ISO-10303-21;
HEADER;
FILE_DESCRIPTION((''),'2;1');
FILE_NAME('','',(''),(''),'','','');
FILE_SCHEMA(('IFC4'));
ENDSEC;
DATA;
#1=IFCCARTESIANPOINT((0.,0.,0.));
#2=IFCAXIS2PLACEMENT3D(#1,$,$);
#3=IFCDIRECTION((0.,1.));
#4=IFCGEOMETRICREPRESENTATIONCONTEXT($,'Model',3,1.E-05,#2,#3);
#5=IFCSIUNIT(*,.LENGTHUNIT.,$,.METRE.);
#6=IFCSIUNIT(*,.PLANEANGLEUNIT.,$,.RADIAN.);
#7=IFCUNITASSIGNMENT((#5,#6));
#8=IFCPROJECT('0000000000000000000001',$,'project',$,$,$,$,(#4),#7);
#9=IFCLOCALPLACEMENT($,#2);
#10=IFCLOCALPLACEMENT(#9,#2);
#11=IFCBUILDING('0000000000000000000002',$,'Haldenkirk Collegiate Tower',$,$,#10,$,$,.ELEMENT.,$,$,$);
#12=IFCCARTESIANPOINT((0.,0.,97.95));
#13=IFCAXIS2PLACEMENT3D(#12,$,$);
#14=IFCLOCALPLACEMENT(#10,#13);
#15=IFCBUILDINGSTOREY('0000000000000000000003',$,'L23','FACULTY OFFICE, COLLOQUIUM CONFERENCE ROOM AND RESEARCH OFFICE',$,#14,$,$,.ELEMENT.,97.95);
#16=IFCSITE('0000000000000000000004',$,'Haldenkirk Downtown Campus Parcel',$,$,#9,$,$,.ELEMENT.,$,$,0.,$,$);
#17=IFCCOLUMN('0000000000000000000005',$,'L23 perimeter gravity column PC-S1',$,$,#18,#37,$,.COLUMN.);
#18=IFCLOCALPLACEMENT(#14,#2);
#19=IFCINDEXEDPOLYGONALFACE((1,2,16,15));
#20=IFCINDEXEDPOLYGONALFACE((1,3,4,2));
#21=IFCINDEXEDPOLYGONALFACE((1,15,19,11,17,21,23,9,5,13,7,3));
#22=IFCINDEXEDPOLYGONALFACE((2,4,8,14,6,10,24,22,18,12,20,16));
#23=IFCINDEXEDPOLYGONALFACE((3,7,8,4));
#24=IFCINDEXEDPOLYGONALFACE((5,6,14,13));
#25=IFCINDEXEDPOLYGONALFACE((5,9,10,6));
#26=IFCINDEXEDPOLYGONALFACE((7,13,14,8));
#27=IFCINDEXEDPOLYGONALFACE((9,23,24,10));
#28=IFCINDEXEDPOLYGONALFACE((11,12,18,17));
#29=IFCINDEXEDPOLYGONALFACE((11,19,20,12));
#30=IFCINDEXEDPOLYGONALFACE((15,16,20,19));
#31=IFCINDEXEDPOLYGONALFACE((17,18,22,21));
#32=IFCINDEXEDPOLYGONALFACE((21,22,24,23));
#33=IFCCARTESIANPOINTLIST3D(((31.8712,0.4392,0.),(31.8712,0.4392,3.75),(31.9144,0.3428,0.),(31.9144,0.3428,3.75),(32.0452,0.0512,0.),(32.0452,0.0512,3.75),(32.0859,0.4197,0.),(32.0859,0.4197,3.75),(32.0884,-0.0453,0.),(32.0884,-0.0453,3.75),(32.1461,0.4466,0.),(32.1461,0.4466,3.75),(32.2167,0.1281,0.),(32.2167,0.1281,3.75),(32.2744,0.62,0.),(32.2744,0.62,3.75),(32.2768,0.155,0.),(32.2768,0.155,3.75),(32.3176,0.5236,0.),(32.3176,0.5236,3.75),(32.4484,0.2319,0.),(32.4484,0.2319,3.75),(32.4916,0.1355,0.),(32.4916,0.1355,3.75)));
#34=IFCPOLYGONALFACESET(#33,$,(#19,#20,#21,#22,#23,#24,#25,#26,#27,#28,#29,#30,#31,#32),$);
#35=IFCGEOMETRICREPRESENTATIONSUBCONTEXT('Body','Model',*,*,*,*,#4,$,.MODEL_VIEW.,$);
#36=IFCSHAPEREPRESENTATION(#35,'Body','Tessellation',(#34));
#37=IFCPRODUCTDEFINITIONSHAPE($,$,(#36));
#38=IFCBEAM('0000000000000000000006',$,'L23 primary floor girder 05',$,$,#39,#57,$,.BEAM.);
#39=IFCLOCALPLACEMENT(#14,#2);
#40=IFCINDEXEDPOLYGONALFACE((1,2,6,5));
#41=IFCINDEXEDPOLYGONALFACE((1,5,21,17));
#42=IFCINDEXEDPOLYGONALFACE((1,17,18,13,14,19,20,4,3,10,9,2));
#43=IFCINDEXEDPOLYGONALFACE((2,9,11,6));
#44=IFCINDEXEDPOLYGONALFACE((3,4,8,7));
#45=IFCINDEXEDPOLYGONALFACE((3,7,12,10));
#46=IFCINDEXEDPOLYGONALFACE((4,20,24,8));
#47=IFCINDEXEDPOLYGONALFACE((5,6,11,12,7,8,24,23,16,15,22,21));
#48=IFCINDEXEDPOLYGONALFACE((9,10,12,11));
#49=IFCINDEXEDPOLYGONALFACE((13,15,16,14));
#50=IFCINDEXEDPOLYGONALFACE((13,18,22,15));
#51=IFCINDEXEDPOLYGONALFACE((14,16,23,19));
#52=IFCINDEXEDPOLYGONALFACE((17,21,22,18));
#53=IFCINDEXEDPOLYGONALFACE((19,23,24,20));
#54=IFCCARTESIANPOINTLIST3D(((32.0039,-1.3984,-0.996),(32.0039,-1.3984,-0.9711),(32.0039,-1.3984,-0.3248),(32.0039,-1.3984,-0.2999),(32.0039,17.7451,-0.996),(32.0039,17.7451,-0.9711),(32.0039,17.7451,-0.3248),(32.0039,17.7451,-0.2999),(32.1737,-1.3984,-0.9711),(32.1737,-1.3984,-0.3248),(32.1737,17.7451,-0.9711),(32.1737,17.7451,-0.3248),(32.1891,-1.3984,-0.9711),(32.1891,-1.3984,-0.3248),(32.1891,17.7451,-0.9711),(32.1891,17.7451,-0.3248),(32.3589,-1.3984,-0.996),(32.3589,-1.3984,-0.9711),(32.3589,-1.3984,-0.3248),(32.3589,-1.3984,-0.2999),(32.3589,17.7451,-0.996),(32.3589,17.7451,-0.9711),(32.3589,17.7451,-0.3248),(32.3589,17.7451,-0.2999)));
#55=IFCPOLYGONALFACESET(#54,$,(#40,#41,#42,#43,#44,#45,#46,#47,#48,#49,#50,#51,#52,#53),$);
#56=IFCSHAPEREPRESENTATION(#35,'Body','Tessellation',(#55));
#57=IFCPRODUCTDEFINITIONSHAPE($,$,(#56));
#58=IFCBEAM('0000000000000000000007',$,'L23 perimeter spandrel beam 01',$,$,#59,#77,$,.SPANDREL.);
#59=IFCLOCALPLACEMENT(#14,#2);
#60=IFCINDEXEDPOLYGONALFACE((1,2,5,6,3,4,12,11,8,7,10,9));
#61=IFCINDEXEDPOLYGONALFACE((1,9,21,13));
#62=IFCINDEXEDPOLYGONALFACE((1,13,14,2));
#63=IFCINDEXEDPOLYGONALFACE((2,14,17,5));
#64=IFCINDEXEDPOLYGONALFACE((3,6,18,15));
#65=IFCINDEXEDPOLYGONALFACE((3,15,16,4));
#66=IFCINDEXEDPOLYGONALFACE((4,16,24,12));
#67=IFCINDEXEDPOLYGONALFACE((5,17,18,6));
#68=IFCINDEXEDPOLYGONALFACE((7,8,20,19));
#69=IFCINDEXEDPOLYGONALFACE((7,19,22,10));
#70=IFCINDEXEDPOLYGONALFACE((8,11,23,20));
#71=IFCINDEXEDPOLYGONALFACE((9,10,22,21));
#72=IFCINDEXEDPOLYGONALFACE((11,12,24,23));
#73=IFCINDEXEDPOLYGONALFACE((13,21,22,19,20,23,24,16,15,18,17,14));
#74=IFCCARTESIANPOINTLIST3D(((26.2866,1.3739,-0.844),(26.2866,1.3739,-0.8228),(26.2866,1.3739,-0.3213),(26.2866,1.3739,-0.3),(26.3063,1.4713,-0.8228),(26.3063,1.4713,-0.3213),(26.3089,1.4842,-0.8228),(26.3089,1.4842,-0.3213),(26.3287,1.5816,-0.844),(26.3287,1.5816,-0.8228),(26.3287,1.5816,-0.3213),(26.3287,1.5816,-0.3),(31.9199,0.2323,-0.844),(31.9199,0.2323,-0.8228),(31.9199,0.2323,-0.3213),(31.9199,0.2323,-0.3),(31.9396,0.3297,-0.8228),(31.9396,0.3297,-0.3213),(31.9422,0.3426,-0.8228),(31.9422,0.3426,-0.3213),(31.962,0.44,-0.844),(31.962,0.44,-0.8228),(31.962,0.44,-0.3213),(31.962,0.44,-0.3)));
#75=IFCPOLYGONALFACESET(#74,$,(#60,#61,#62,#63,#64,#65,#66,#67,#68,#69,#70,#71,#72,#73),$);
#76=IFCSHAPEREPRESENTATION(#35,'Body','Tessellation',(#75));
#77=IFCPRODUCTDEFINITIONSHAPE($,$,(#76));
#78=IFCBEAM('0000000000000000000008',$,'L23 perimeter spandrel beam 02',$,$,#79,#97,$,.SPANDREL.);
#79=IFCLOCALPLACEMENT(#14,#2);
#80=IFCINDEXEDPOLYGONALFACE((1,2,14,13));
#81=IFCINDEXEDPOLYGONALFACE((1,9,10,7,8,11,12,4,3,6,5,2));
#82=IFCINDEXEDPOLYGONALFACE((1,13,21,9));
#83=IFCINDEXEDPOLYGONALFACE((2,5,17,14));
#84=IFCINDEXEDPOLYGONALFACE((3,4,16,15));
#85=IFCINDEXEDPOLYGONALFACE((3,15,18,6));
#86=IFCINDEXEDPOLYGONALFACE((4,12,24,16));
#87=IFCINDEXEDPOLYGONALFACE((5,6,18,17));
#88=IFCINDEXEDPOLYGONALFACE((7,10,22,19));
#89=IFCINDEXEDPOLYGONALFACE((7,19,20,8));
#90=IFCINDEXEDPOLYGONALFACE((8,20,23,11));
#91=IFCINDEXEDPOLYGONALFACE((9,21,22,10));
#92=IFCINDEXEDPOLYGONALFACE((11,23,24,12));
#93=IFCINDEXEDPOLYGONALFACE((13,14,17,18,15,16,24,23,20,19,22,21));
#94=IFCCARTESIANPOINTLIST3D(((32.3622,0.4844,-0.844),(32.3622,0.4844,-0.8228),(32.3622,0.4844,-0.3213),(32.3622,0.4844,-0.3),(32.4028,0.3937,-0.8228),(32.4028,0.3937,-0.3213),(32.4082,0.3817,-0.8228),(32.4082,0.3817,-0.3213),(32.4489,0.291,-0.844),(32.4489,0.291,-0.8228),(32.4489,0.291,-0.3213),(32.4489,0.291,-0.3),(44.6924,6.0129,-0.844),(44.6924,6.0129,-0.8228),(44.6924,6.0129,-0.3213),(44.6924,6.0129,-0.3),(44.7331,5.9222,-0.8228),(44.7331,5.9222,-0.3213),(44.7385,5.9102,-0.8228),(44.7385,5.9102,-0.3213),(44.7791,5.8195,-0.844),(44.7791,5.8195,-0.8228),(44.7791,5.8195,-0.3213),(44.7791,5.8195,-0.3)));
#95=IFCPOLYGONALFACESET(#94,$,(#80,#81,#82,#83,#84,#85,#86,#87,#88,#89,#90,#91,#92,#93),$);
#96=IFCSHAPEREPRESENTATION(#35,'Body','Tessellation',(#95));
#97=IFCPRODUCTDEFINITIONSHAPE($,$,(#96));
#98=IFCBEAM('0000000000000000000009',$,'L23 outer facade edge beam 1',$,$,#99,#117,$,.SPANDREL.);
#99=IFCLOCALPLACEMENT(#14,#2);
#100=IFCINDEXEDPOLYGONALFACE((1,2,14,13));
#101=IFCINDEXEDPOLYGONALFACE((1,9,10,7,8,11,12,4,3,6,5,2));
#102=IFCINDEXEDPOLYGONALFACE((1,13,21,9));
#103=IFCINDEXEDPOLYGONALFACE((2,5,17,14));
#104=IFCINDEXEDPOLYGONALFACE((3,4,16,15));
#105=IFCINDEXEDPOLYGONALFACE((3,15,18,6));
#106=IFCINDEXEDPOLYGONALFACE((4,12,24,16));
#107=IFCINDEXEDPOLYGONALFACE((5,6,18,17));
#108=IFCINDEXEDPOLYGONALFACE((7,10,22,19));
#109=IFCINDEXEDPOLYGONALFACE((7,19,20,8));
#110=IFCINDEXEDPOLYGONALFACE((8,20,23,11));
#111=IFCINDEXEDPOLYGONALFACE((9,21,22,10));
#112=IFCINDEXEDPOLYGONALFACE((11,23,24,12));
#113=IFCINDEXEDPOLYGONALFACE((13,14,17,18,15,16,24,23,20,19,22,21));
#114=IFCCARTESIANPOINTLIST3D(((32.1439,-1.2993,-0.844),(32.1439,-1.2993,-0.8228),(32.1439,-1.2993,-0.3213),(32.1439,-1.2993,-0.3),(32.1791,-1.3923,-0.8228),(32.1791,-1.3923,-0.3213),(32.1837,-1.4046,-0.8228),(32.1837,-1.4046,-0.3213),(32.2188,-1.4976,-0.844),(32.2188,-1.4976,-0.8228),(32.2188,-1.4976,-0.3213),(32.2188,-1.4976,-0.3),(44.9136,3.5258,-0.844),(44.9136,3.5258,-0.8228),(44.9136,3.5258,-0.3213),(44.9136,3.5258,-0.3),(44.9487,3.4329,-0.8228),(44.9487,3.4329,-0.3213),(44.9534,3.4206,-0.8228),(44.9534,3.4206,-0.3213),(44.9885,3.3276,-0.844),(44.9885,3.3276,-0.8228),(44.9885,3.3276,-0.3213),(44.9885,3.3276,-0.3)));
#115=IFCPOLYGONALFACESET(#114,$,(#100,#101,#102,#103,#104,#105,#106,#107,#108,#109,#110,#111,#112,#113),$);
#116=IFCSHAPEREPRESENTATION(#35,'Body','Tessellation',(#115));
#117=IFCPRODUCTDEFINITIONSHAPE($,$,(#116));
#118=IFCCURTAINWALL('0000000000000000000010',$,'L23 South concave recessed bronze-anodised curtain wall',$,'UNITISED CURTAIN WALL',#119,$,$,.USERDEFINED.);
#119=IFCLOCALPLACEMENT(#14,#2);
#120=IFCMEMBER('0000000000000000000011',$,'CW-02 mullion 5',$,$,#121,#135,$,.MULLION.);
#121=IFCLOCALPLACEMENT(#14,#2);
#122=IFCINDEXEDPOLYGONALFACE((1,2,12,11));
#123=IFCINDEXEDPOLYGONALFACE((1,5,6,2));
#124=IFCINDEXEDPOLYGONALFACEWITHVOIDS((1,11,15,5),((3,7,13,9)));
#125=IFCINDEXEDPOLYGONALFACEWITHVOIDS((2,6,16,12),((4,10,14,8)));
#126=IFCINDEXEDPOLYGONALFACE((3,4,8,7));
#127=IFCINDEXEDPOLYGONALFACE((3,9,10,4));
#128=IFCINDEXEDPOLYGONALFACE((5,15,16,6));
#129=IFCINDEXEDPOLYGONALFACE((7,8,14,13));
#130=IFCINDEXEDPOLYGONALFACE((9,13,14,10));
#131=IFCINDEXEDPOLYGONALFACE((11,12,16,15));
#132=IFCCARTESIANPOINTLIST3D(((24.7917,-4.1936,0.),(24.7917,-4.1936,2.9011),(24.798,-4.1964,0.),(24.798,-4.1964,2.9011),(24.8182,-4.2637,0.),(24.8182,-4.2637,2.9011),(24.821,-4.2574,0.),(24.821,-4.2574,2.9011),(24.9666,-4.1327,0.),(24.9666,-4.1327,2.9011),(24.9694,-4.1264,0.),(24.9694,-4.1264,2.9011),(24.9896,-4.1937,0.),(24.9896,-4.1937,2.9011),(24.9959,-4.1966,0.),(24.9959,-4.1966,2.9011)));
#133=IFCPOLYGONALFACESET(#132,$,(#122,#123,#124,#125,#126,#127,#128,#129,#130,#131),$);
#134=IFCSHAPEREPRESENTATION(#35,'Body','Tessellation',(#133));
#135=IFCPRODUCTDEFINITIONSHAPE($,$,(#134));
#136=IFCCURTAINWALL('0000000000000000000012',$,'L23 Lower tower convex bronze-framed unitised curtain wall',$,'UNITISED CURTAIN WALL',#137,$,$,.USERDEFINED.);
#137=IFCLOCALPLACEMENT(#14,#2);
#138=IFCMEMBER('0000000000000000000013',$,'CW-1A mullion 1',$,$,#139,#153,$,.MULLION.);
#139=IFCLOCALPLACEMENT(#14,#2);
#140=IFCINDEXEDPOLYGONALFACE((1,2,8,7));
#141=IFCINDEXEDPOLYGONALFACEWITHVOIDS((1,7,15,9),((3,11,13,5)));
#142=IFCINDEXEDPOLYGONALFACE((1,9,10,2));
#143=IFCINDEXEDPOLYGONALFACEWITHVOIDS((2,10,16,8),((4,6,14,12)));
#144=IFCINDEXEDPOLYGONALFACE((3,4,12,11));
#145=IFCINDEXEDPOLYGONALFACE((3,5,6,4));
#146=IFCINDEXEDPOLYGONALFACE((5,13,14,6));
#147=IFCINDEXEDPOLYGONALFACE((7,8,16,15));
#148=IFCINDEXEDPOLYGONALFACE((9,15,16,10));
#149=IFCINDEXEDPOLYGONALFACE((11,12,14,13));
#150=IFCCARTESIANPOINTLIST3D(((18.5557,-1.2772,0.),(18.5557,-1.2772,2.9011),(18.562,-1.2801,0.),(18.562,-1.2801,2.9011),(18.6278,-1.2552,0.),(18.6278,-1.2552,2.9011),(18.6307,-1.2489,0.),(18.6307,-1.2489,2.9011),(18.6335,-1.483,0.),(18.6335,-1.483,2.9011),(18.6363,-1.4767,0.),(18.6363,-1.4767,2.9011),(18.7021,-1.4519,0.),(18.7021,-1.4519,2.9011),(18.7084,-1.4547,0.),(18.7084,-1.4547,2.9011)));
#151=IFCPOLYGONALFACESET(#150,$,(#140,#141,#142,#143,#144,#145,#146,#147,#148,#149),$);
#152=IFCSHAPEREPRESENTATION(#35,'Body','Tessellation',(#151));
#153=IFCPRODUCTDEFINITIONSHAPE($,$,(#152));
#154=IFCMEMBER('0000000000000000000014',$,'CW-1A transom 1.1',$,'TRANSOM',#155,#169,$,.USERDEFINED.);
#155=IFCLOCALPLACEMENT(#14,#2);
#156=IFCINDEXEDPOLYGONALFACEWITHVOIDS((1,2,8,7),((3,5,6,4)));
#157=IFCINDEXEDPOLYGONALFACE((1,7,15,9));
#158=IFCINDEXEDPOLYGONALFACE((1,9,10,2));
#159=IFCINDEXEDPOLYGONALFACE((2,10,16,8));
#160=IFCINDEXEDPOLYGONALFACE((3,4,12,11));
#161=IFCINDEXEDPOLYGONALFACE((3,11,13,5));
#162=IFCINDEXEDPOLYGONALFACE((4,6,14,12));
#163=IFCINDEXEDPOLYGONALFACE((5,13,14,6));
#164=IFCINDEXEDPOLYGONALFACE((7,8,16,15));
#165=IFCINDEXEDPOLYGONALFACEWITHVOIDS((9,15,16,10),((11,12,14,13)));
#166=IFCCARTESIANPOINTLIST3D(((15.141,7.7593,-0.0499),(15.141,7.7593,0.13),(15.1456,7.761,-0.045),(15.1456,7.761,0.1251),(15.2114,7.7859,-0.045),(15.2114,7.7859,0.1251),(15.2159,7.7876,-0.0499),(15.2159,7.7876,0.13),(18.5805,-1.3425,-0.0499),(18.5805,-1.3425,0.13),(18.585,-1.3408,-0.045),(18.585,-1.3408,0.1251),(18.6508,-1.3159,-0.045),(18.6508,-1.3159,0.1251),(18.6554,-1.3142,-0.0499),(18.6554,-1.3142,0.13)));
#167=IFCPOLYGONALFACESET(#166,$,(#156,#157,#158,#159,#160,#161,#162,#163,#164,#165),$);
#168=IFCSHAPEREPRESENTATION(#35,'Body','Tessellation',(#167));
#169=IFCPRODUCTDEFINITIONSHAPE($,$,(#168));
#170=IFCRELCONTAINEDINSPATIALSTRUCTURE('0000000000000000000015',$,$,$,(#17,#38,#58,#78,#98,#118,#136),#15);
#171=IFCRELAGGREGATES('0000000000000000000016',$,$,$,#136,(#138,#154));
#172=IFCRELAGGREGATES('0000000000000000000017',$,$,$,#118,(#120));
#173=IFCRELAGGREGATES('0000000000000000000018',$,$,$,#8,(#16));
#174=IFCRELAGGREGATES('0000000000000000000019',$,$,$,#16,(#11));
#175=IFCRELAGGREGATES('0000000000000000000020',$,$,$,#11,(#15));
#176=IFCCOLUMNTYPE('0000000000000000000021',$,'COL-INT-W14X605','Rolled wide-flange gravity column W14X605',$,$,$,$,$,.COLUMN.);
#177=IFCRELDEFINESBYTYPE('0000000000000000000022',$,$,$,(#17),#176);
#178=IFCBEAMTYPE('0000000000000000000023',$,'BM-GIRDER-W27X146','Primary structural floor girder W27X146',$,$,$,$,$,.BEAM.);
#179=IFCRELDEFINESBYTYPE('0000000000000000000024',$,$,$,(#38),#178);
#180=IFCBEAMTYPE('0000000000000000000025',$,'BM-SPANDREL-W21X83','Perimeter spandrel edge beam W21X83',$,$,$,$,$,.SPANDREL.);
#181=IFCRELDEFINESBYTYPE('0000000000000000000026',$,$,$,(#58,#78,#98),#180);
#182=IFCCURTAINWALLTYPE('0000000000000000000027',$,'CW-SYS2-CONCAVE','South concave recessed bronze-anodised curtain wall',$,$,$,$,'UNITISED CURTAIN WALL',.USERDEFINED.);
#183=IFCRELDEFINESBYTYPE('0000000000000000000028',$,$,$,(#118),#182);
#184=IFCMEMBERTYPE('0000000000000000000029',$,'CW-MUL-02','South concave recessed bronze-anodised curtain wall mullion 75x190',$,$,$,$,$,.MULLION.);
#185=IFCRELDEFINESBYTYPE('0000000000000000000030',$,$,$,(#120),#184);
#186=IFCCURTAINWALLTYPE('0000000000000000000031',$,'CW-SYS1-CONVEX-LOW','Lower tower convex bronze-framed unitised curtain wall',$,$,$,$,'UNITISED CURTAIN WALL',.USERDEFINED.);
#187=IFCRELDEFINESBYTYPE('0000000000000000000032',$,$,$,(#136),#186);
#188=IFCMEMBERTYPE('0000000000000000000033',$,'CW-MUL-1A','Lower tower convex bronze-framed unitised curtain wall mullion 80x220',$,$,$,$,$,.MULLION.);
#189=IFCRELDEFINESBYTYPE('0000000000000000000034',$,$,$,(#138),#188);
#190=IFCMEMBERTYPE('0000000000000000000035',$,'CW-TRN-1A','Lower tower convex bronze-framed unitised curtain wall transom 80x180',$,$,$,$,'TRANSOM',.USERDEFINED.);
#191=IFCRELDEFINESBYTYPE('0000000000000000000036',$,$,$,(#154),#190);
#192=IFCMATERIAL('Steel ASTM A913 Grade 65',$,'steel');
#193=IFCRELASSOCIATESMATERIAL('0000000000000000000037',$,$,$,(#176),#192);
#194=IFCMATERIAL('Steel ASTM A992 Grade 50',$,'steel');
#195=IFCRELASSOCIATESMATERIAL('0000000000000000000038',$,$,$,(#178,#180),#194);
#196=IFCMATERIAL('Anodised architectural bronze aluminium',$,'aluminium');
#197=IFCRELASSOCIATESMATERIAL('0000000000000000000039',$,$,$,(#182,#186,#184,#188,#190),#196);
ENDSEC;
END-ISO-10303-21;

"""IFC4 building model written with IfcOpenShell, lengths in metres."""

from ifc_helpers import new_model, si_unit, direction, frame, origin, origin_2d, place, context, subcontext, project, spatial, hollow_rectangle, i_section, extrude, material, material_profile, profile_set, type_object, element, aggregate, save


model = new_model("IFC4")

# Units and contexts
model_context = context("Model", 3, precision=1e-05, world=origin(), true_north=direction((0.0, 1.0)))
body_context = subcontext(model_context, "Body", "Model", "MODEL_VIEW")
ifc_project = project(units=[si_unit("LENGTHUNIT", "METRE"), si_unit("PLANEANGLEUNIT", "RADIAN")], contexts=[model_context])

# Site, building, storey
site_placement = place(None, origin())
site = spatial("IfcSite", under=ifc_project, at=site_placement, Name="Haldenkirk Downtown Campus Parcel", CompositionType="ELEMENT", RefElevation=0.0)
building_placement = place(site_placement, origin())
building = spatial("IfcBuilding", under=site, at=building_placement, Name="Haldenkirk Collegiate Tower", CompositionType="ELEMENT")
storey_placement = place(building_placement, frame((0.0, 0.0, 97.95)))
storey = spatial("IfcBuildingStorey", under=building, at=storey_placement, Name="L23", Description="FACULTY OFFICE, COLLOQUIUM CONFERENCE ROOM AND RESEARCH OFFICE", CompositionType="ELEMENT", Elevation=97.95)

# Column
ifc_material_1 = material(Name="Steel ASTM A913 Grade 65", Category="steel")
ifc_material_profile_1 = material_profile(ifc_material_1, i_section(OverallWidth=0.4419, OverallDepth=0.531, WebThickness=0.0659, FlangeThickness=0.1057, at=origin_2d()), Name="W14X605")
ifc_profile_set_1 = profile_set([ifc_material_profile_1], Name="Steel ASTM A913 Grade 65")
column_type = type_object("IfcColumnType", Name="COL-INT-W14X605", Description="Rolled wide-flange gravity column W14X605", PredefinedType="COLUMN", material=ifc_profile_set_1)
column_placement = place(storey_placement, frame((32.1814, 0.2874, 0.0), z_axis=(0.0, 0.0, 1.0), x_axis=(0.912477, 0.409127, 0.0)))
element("IfcColumn", 1, at=column_placement, inside=storey, type_object=column_type, Name="L23 perimeter gravity column PC-S1", PredefinedType="COLUMN", context=body_context, shape_type="SweptSolid", body=[
    extrude(i_section(OverallWidth=0.4419, OverallDepth=0.531, WebThickness=0.0659, FlangeThickness=0.1057, at=origin_2d()), origin(), (0.0, 0.0, 1.0), 3.75),
])

# Beams
ifc_material_2 = material(Name="Steel ASTM A992 Grade 50", Category="steel")
ifc_material_profile_2 = material_profile(ifc_material_2, i_section(OverallWidth=0.355, OverallDepth=0.696, WebThickness=0.0154, FlangeThickness=0.0249, at=origin_2d()), Name="W27X146")
ifc_profile_set_2 = profile_set([ifc_material_profile_2], Name="Steel ASTM A992 Grade 50")
beam_type_1 = type_object("IfcBeamType", Name="BM-GIRDER-W27X146", Description="Primary structural floor girder W27X146", PredefinedType="BEAM", material=ifc_profile_set_2)
beam_1_placement = place(storey_placement, frame((32.1814, -1.3984, -0.6479), z_axis=(0.0, 1.0, 0.0), x_axis=(-1.0, 0.0, 0.0)))
element("IfcBeam", 2, at=beam_1_placement, inside=storey, type_object=beam_type_1, Name="L23 primary floor girder 05", PredefinedType="BEAM", context=body_context, shape_type="SweptSolid", body=[
    extrude(i_section(OverallWidth=0.355, OverallDepth=0.696, WebThickness=0.0154, FlangeThickness=0.0249, at=origin_2d()), origin(), (0.0, 0.0, 1.0), 19.1436),
])
ifc_material_profile_3 = material_profile(ifc_material_2, i_section(OverallWidth=0.2119, OverallDepth=0.5439, WebThickness=0.0132, FlangeThickness=0.0212, at=origin_2d()), Name="W21X83")
ifc_profile_set_3 = profile_set([ifc_material_profile_3], Name="Steel ASTM A992 Grade 50")
beam_type_2 = type_object("IfcBeamType", Name="BM-SPANDREL-W21X83", Description="Perimeter spandrel edge beam W21X83", PredefinedType="SPANDREL", material=ifc_profile_set_3)
beam_2_placement = place(storey_placement, frame((26.3076, 1.4778, -0.572), z_axis=(0.980078, -0.198615, 0.0), x_axis=(0.198615, 0.980078, 0.0)))
element("IfcBeam", 3, at=beam_2_placement, inside=storey, type_object=beam_type_2, Name="L23 perimeter spandrel beam 01", PredefinedType="SPANDREL", context=body_context, shape_type="SweptSolid", body=[
    extrude(i_section(OverallWidth=0.2119, OverallDepth=0.5439, WebThickness=0.0132, FlangeThickness=0.0212, at=origin_2d()), origin(), (0.0, 0.0, 1.0), 5.7478),
])
beam_3_placement = place(storey_placement, frame((32.4055, 0.3877, -0.572), z_axis=(0.912477, 0.409129, 0.0), x_axis=(-0.409129, 0.912477, 0.0)))
element("IfcBeam", 4, at=beam_3_placement, inside=storey, type_object=beam_type_2, Name="L23 perimeter spandrel beam 02", PredefinedType="SPANDREL", context=body_context, shape_type="SweptSolid", body=[
    extrude(i_section(OverallWidth=0.2119, OverallDepth=0.5439, WebThickness=0.0132, FlangeThickness=0.0212, at=origin_2d()), origin(), (0.0, 0.0, 1.0), 13.5129),
])
beam_4_placement = place(storey_placement, frame((32.1814, -1.3984, -0.572), z_axis=(0.935446, 0.353468, 0.0), x_axis=(-0.353468, 0.935446, 0.0)))
element("IfcBeam", 5, at=beam_4_placement, inside=storey, type_object=beam_type_2, Name="L23 outer facade edge beam 1", PredefinedType="SPANDREL", context=body_context, shape_type="SweptSolid", body=[
    extrude(i_section(OverallWidth=0.2119, OverallDepth=0.5439, WebThickness=0.0132, FlangeThickness=0.0212, at=origin_2d()), origin(), (0.0, 0.0, 1.0), 13.6509),
])

# Curtain wall, member
ifc_material_3 = material(Name="Anodised architectural bronze aluminium", Category="aluminium")
curtain_wall_type_1 = type_object("IfcCurtainWallType", Name="CW-SYS2-CONCAVE", Description="South concave recessed bronze-anodised curtain wall", ElementType="UNITISED CURTAIN WALL", PredefinedType="USERDEFINED", material=ifc_material_3)
curtain_wall_1_placement = place(storey_placement, origin())
curtain_wall_1 = element("IfcCurtainWall", 6, at=curtain_wall_1_placement, inside=storey, type_object=curtain_wall_type_1, Name="L23 South concave recessed bronze-anodised curtain wall", ObjectType="UNITISED CURTAIN WALL", PredefinedType="USERDEFINED")
ifc_material_profile_4 = material_profile(ifc_material_3, hollow_rectangle(XDim=0.075, YDim=0.1899, WallThickness=0.0049, at=origin_2d()), Name="CW-MUL-02")
ifc_profile_set_4 = profile_set([ifc_material_profile_4], Name="Anodised architectural bronze aluminium")
member_type_1 = type_object("IfcMemberType", Name="CW-MUL-02", Description="South concave recessed bronze-anodised curtain wall mullion 75x190", PredefinedType="MULLION", material=ifc_profile_set_4)
member_1_placement = place(storey_placement, frame((24.8938, -4.1951, 0.0), z_axis=(0.0, 0.0, 1.0), x_axis=(0.353476, -0.935443, 0.0)))
member_1 = element("IfcMember", 7, at=member_1_placement, type_object=member_type_1, Name="CW-02 mullion 5", PredefinedType="MULLION", context=body_context, shape_type="SweptSolid", body=[
    extrude(hollow_rectangle(XDim=0.075, YDim=0.1899, WallThickness=0.0049, at=origin_2d()), origin(), (0.0, 0.0, 1.0), 2.9011),
])

# Curtain wall, members
curtain_wall_type_2 = type_object("IfcCurtainWallType", Name="CW-SYS1-CONVEX-LOW", Description="Lower tower convex bronze-framed unitised curtain wall", ElementType="UNITISED CURTAIN WALL", PredefinedType="USERDEFINED", material=ifc_material_3)
curtain_wall_2_placement = place(storey_placement, origin())
curtain_wall_2 = element("IfcCurtainWall", 8, at=curtain_wall_2_placement, inside=storey, type_object=curtain_wall_type_2, Name="L23 Lower tower convex bronze-framed unitised curtain wall", ObjectType="UNITISED CURTAIN WALL", PredefinedType="USERDEFINED")
ifc_material_profile_5 = material_profile(ifc_material_3, hollow_rectangle(XDim=0.0801, YDim=0.22, WallThickness=0.0049, at=origin_2d()), Name="CW-MUL-1A")
ifc_profile_set_5 = profile_set([ifc_material_profile_5], Name="Anodised architectural bronze aluminium")
member_type_2 = type_object("IfcMemberType", Name="CW-MUL-1A", Description="Lower tower convex bronze-framed unitised curtain wall mullion 80x220", PredefinedType="MULLION", material=ifc_profile_set_5)
member_2_placement = place(storey_placement, frame((18.6321, -1.366, 0.0), z_axis=(0.0, 0.0, 1.0), x_axis=(-0.935443, -0.353477, 0.0)))
member_2 = element("IfcMember", 9, at=member_2_placement, type_object=member_type_2, Name="CW-1A mullion 1", PredefinedType="MULLION", context=body_context, shape_type="SweptSolid", body=[
    extrude(hollow_rectangle(XDim=0.0801, YDim=0.22, WallThickness=0.0049, at=origin_2d()), origin(), (0.0, 0.0, 1.0), 2.9011),
])
ifc_material_profile_6 = material_profile(ifc_material_3, hollow_rectangle(XDim=0.0801, YDim=0.1799, WallThickness=0.0049, at=origin_2d()), Name="CW-TRN-1A")
ifc_profile_set_6 = profile_set([ifc_material_profile_6], Name="Anodised architectural bronze aluminium")
member_type_3 = type_object("IfcMemberType", Name="CW-TRN-1A", Description="Lower tower convex bronze-framed unitised curtain wall transom 80x180", ElementType="TRANSOM", PredefinedType="USERDEFINED", material=ifc_profile_set_6)
member_3_placement = place(storey_placement, frame((18.6179, -1.3284, 0.04), z_axis=(-0.35349, 0.935438, 0.0), x_axis=(-0.935438, -0.35349, 0.0)))
member_3 = element("IfcMember", 10, at=member_3_placement, type_object=member_type_3, Name="CW-1A transom 1.1", ObjectType="TRANSOM", PredefinedType="USERDEFINED", context=body_context, shape_type="SweptSolid", body=[
    extrude(hollow_rectangle(XDim=0.0801, YDim=0.1799, WallThickness=0.0049, at=origin_2d()), origin(), (0.0, 0.0, 1.0), 9.73),
])
aggregate(curtain_wall_2, [member_2, member_3])

aggregate(curtain_wall_1, [member_1])

save(model, "model.ifc")
